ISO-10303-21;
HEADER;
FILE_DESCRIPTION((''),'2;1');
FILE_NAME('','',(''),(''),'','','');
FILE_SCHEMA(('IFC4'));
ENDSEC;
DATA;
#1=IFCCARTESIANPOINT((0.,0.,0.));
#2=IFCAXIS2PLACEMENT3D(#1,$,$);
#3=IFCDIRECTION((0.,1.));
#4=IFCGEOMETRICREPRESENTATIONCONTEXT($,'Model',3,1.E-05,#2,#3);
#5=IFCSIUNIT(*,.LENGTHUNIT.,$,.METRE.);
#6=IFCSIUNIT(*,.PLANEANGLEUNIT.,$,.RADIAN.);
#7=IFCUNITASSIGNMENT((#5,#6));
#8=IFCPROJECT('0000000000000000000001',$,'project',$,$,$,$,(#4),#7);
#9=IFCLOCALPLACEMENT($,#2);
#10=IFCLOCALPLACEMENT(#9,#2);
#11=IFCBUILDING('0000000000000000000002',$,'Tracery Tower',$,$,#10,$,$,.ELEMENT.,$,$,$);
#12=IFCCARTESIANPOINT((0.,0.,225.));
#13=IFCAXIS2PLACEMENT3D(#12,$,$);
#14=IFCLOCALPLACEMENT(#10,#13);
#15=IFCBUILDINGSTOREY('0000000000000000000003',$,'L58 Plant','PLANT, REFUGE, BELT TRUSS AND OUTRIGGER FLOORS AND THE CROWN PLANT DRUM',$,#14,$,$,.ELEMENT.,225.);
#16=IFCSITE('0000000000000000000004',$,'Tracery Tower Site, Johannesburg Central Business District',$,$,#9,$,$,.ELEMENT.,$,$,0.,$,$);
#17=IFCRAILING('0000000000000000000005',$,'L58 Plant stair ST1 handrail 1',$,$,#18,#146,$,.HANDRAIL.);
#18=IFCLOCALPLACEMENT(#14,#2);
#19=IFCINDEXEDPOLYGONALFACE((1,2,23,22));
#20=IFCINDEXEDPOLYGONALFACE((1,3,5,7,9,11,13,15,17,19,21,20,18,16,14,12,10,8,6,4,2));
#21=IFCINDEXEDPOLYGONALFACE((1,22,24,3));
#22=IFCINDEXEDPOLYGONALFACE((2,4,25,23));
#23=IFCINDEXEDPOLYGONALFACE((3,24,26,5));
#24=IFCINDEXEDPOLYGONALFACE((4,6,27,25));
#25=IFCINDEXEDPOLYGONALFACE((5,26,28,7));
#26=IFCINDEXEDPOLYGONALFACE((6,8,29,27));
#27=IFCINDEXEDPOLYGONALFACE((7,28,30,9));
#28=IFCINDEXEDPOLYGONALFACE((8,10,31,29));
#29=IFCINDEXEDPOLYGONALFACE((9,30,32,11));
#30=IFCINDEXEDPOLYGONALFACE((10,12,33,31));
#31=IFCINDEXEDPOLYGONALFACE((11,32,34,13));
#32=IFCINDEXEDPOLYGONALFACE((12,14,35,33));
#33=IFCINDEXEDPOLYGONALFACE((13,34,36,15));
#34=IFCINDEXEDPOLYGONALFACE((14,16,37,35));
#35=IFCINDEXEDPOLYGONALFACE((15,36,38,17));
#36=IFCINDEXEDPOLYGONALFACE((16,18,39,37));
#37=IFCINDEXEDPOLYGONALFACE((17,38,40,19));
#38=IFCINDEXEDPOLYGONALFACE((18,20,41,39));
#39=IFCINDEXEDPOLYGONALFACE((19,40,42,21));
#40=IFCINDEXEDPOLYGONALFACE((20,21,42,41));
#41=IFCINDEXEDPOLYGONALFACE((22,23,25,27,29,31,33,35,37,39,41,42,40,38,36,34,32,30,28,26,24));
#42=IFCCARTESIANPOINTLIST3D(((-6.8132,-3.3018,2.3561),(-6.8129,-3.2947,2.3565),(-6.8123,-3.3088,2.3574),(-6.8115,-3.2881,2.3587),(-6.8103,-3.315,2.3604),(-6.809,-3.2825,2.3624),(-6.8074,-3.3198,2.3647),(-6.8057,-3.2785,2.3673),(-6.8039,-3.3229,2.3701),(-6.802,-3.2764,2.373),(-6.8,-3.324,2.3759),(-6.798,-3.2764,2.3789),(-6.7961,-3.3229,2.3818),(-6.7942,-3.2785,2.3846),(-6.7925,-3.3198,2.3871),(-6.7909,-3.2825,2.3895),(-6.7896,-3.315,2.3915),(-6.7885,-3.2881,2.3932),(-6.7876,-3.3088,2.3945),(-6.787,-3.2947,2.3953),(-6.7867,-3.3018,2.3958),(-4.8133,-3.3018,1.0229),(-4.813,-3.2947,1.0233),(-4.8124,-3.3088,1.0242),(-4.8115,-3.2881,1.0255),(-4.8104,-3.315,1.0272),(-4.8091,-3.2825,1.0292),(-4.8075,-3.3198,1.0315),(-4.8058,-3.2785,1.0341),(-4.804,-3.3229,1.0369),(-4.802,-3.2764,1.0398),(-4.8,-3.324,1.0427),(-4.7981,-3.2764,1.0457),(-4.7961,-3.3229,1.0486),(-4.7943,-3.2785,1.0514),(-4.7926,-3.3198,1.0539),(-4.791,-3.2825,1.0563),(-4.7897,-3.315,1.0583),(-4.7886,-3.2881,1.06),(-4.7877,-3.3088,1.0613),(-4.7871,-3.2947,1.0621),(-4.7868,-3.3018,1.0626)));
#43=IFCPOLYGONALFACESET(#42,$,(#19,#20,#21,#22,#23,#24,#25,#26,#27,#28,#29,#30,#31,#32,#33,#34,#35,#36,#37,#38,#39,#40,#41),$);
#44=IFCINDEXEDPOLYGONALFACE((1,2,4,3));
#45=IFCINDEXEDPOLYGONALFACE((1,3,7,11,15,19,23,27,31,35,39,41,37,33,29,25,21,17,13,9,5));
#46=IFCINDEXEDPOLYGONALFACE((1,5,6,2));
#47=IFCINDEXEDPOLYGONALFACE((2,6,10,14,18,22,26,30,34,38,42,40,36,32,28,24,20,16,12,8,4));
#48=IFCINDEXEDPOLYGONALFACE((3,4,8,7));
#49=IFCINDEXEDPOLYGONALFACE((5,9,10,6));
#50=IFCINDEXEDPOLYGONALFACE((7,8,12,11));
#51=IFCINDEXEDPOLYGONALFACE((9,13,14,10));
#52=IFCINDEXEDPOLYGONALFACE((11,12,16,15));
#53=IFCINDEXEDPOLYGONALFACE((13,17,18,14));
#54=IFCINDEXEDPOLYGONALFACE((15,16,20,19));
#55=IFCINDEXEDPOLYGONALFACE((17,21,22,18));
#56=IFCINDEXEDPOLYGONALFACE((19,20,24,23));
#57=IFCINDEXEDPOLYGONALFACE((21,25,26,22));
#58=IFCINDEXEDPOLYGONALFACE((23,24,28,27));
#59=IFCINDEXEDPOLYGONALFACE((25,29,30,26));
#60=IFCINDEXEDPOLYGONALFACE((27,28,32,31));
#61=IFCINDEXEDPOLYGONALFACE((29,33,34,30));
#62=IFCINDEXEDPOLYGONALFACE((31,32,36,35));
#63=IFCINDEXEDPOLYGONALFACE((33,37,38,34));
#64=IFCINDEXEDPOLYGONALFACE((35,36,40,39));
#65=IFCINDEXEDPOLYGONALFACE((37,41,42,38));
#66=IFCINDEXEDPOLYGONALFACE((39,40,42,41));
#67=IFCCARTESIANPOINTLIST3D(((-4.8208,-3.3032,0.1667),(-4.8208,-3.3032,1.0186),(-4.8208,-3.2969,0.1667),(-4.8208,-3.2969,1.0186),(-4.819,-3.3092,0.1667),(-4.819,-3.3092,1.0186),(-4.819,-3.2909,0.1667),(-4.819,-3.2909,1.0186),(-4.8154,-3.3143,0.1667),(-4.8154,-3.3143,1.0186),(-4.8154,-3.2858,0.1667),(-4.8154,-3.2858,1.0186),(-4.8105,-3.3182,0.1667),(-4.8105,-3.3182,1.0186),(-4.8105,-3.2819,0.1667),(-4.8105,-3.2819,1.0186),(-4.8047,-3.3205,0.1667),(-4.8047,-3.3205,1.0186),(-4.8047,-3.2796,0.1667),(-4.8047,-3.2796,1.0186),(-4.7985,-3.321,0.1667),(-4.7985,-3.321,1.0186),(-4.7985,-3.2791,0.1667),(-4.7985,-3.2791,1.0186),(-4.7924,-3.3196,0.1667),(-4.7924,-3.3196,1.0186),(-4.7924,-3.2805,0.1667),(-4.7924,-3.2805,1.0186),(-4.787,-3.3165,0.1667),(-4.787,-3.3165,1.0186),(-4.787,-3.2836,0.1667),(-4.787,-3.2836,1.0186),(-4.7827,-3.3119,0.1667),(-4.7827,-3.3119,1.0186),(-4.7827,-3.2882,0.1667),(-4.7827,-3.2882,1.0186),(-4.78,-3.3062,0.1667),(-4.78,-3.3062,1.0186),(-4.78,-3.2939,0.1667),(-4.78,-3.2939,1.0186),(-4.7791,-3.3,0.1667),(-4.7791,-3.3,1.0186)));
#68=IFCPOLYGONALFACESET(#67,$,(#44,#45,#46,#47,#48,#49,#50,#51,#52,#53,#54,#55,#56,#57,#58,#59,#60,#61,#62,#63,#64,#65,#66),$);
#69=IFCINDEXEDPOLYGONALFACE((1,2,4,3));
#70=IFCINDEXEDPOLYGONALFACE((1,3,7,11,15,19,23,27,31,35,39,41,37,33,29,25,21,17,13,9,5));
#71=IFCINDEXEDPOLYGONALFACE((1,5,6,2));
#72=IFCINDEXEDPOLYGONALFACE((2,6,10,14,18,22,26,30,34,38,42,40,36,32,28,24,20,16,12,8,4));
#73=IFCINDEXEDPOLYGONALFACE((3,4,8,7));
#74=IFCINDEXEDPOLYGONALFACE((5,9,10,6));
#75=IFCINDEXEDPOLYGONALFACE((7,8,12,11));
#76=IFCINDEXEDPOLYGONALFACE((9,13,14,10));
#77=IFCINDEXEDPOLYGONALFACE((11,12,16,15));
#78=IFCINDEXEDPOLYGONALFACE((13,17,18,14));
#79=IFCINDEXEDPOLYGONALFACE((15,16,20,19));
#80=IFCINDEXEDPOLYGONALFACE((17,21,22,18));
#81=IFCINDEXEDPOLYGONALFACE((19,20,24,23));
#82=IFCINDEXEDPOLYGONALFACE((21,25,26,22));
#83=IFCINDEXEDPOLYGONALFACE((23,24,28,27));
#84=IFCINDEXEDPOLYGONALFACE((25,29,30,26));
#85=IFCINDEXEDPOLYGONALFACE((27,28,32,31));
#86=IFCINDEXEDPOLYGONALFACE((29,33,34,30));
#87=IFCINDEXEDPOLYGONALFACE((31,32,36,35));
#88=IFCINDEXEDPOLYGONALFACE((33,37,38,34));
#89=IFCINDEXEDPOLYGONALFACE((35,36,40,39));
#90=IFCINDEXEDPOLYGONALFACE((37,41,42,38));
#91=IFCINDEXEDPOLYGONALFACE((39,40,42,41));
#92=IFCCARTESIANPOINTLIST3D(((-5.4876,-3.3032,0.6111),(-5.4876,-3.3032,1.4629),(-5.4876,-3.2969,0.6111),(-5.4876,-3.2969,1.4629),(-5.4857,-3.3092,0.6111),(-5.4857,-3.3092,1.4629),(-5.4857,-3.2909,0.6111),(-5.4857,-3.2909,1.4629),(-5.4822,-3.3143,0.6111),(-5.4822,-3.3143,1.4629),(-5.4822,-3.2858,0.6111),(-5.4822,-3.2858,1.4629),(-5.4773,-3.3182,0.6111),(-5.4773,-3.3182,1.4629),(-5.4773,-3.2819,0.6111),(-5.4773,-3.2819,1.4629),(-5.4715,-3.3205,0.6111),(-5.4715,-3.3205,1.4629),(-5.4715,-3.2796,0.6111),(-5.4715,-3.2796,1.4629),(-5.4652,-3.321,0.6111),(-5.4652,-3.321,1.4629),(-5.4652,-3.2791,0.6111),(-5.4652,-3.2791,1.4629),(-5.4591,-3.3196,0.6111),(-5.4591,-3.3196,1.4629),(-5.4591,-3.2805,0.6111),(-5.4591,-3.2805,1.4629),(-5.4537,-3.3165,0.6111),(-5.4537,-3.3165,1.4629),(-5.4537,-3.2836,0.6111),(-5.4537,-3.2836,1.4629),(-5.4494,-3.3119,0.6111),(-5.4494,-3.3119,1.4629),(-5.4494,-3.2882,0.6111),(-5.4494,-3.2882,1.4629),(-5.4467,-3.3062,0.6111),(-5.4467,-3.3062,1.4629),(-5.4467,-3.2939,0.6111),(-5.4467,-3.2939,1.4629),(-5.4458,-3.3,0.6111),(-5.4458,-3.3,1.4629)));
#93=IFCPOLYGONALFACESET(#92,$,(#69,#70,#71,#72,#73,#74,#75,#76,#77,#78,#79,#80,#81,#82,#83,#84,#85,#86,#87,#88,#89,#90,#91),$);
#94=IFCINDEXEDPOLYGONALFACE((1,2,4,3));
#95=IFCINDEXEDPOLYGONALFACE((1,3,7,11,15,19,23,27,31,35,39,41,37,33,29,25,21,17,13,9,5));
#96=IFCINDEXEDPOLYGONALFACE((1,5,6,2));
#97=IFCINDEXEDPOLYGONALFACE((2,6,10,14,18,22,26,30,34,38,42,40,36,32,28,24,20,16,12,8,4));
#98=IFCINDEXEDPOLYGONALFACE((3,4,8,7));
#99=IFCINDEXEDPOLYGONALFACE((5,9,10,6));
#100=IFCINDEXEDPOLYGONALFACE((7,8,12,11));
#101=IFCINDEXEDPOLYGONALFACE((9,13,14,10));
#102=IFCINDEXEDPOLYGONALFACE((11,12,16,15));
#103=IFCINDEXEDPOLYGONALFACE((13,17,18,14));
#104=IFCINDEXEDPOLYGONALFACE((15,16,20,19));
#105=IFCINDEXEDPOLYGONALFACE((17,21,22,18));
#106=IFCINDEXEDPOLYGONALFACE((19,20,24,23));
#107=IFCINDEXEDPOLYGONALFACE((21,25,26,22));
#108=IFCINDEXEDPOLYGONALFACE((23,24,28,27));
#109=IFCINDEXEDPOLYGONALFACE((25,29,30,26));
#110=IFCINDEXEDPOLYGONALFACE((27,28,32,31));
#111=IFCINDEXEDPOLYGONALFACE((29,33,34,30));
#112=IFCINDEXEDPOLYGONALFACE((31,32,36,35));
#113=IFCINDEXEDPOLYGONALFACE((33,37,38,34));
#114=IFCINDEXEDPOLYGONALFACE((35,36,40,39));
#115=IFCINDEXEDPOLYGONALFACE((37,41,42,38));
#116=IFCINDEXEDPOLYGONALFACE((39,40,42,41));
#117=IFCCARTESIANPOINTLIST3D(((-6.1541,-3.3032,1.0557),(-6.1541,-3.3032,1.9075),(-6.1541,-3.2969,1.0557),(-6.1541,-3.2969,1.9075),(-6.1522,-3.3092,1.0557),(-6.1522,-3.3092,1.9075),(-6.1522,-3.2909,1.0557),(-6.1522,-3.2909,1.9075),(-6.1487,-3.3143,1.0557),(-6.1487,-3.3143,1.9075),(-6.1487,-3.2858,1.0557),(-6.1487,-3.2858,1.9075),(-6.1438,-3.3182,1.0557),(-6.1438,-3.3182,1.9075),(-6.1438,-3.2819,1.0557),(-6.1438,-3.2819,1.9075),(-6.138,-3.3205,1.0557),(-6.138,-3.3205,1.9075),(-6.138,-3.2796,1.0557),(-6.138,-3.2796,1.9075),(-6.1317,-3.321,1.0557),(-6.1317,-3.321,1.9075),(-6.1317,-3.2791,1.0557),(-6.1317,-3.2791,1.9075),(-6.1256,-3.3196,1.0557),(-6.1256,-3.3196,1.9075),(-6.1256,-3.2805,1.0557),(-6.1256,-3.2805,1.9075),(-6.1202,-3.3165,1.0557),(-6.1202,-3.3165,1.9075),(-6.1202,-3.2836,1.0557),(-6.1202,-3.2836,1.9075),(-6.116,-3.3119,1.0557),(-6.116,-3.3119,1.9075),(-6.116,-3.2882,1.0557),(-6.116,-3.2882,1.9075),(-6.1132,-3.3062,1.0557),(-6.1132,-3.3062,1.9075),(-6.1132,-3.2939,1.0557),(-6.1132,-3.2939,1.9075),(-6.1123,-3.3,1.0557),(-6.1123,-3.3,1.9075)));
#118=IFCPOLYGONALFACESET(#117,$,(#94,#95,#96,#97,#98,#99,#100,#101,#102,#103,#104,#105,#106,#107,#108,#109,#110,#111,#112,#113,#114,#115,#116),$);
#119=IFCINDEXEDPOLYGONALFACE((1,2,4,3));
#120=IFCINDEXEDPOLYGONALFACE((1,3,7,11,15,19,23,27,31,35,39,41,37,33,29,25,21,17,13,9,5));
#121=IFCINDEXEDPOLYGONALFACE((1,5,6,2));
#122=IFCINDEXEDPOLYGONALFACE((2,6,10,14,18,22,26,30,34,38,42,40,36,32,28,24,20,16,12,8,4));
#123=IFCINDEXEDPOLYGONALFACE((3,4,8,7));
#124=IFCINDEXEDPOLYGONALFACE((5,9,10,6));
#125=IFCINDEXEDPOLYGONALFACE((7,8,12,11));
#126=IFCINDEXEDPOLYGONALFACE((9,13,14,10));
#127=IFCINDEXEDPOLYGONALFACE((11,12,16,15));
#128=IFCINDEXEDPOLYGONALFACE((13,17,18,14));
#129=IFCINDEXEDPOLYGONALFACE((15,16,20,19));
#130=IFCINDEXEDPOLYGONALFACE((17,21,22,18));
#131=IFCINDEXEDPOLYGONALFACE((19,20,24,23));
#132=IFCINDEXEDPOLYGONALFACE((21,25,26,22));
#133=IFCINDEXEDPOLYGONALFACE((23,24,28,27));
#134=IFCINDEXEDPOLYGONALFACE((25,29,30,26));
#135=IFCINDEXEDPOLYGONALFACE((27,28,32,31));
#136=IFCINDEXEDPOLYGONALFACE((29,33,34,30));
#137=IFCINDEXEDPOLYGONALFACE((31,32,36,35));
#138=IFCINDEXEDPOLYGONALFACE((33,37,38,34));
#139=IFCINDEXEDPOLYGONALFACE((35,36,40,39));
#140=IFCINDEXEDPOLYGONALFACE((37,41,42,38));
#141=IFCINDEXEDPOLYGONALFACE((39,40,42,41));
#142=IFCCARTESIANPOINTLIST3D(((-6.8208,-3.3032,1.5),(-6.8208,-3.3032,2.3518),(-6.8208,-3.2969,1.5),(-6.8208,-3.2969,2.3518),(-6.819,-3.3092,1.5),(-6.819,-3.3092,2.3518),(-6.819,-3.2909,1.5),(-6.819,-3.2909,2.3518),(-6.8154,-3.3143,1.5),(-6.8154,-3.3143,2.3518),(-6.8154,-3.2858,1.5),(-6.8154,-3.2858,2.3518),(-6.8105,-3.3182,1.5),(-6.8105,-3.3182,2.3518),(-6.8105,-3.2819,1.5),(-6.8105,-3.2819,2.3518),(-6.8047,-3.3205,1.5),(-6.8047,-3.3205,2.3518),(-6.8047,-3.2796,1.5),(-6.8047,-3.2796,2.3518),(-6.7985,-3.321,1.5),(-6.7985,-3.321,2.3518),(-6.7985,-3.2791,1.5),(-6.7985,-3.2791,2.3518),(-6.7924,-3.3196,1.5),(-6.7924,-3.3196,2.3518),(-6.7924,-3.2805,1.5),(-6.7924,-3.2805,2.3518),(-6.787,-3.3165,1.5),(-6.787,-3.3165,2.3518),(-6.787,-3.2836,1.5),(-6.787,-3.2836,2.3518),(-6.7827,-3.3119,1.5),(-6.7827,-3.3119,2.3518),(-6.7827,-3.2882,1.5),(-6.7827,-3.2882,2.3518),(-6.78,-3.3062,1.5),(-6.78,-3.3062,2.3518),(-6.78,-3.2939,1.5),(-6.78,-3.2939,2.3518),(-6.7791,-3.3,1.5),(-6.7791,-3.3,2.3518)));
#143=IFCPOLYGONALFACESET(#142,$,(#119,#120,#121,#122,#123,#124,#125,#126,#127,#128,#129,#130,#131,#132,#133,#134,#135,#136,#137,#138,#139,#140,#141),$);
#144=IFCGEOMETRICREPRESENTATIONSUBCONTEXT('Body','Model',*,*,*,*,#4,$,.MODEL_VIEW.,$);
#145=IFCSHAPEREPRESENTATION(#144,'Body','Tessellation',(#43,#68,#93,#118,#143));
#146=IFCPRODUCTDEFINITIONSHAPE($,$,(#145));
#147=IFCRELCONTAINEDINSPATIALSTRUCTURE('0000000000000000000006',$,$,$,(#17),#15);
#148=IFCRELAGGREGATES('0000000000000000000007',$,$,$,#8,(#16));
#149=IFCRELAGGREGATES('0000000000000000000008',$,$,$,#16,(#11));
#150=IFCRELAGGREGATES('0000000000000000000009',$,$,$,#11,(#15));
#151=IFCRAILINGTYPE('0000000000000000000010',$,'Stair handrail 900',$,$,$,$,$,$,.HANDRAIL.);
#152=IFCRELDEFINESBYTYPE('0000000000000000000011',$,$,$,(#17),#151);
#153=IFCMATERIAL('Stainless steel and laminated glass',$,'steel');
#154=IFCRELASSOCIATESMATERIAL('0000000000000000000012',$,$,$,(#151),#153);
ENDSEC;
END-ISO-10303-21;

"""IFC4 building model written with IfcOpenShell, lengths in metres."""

from ifc_helpers import new_model, si_unit, direction, frame, origin, origin_2d, place, context, subcontext, project, spatial, circle, extrude, material, type_object, element, save


model = new_model("IFC4")

# Units and contexts
model_context = context("Model", 3, precision=1e-05, world=origin(), true_north=direction((0.0, 1.0)))
body_context = subcontext(model_context, "Body", "Model", "MODEL_VIEW")
ifc_project = project(units=[si_unit("LENGTHUNIT", "METRE"), si_unit("PLANEANGLEUNIT", "RADIAN")], contexts=[model_context])

# Site, building, storey
site_placement = place(None, origin())
site = spatial("IfcSite", under=ifc_project, at=site_placement, Name="Tracery Tower Site, Johannesburg Central Business District", CompositionType="ELEMENT", RefElevation=0.0)
building_placement = place(site_placement, origin())
building = spatial("IfcBuilding", under=site, at=building_placement, Name="Tracery Tower", CompositionType="ELEMENT")
storey_placement = place(building_placement, frame((0.0, 0.0, 225.0)))
storey = spatial("IfcBuildingStorey", under=building, at=storey_placement, Name="L58 Plant", Description="PLANT, REFUGE, BELT TRUSS AND OUTRIGGER FLOORS AND THE CROWN PLANT DRUM", CompositionType="ELEMENT", Elevation=225.0)

# Railing
ifc_material_1 = material(Name="Stainless steel and laminated glass", Category="steel")
railing_type_1 = type_object("IfcRailingType", Name="Stair handrail 900", PredefinedType="HANDRAIL", material=ifc_material_1)
for number, where, name in (
    (1, (-4.8, -3.3, 0.1667), "L58 Plant stair ST1 handrail 1"),
):
    element("IfcRailing", number, at=place(storey_placement, frame(where)), inside=storey, type_object=railing_type_1, Name=name, PredefinedType="HANDRAIL", context=body_context, shape_type="SweptSolid", body=[
        extrude(circle(Radius=0.0239, at=origin_2d()), frame((0.0, 0.0, 0.876), z_axis=(-0.832066, 0.0, 0.554677), x_axis=(0.0, -1.0, 0.0)), (0.0, 0.0, 1.0), 2.4036),
        extrude(circle(Radius=0.021, at=origin_2d()), origin(), (0.0, 0.0, 1.0), 0.8518),
        extrude(circle(Radius=0.021, at=origin_2d()), frame((-0.6667, 0.0, 0.4443)), (0.0, 0.0, 1.0), 0.8518),
        extrude(circle(Radius=0.021, at=origin_2d()), frame((-1.3333, 0.0, 0.8889)), (0.0, 0.0, 1.0), 0.8518),
        extrude(circle(Radius=0.021, at=origin_2d()), frame((-2.0, 0.0, 1.3333)), (0.0, 0.0, 1.0), 0.8518),
    ])

save(model, "model.ifc")
